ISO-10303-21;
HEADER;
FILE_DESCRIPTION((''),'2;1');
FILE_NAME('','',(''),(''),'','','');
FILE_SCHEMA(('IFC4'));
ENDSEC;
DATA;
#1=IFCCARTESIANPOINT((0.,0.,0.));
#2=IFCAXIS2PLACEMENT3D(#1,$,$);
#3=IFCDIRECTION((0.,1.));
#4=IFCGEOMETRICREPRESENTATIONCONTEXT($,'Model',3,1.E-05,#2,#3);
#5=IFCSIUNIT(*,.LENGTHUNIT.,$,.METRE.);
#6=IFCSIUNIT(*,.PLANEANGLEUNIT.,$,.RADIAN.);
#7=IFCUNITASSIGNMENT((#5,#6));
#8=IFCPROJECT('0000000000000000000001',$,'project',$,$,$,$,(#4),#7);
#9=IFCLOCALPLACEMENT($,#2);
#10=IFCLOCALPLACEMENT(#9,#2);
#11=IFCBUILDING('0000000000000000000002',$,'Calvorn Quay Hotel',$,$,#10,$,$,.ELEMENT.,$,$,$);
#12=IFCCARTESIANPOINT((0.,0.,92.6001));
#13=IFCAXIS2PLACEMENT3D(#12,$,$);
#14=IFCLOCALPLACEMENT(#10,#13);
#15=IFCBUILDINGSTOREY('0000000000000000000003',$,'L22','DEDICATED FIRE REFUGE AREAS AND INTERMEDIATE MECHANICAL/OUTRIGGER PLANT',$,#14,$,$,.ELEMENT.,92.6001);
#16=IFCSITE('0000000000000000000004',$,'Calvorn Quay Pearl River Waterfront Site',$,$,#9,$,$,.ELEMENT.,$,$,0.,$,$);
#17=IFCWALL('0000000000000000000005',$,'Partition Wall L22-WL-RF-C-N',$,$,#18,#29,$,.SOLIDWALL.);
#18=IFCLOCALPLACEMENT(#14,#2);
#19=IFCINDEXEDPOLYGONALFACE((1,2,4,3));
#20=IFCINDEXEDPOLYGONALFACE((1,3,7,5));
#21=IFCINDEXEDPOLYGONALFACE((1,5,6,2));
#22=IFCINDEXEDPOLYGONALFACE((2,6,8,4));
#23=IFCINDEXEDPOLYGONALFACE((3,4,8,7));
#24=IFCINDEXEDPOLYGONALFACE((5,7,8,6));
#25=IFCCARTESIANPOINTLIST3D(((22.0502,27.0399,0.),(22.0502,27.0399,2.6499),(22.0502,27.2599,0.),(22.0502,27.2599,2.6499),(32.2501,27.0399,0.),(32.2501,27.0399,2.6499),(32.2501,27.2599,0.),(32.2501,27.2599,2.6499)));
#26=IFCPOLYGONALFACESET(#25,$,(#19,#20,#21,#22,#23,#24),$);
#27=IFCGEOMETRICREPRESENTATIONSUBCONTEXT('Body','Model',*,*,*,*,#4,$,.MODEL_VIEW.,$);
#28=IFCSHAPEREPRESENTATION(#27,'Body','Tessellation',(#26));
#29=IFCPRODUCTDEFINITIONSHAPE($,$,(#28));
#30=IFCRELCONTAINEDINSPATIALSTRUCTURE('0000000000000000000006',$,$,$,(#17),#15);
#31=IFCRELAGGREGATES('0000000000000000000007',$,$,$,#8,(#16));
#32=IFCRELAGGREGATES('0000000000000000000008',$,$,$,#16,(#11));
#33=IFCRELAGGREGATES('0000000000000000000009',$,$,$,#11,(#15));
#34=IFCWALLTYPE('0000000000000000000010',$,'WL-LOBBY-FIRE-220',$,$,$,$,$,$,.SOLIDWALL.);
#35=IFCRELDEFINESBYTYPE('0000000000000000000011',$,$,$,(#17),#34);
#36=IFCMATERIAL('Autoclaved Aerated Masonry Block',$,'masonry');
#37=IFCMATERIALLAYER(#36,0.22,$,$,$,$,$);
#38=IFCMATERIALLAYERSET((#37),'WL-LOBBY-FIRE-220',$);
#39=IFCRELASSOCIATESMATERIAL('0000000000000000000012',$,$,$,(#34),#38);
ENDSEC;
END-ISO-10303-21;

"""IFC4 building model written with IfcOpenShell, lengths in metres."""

from ifc_helpers import new_model, si_unit, direction, frame, frame_2d, origin, place, context, subcontext, project, spatial, rectangle, extrude, material, layer, layer_set, type_object, element, save


model = new_model("IFC4")

# Units and contexts
model_context = context("Model", 3, precision=1e-05, world=origin(), true_north=direction((0.0, 1.0)))
body_context = subcontext(model_context, "Body", "Model", "MODEL_VIEW")
ifc_project = project(units=[si_unit("LENGTHUNIT", "METRE"), si_unit("PLANEANGLEUNIT", "RADIAN")], contexts=[model_context])

# Site, building, storey
site_placement = place(None, origin())
site = spatial("IfcSite", under=ifc_project, at=site_placement, Name="Calvorn Quay Pearl River Waterfront Site", CompositionType="ELEMENT", RefElevation=0.0)
building_placement = place(site_placement, origin())
building = spatial("IfcBuilding", under=site, at=building_placement, Name="Calvorn Quay Hotel", CompositionType="ELEMENT")
storey_placement = place(building_placement, frame((0.0, 0.0, 92.6001)))
storey = spatial("IfcBuildingStorey", under=building, at=storey_placement, Name="L22", Description="DEDICATED FIRE REFUGE AREAS AND INTERMEDIATE MECHANICAL/OUTRIGGER PLANT", CompositionType="ELEMENT", Elevation=92.6001)

# Wall
ifc_material_1 = material(Name="Autoclaved Aerated Masonry Block", Category="masonry")
ifc_layer_1 = layer(ifc_material_1, 0.22)
ifc_layer_set_1 = layer_set([ifc_layer_1], Name="WL-LOBBY-FIRE-220")
wall_type_1 = type_object("IfcWallType", Name="WL-LOBBY-FIRE-220", PredefinedType="SOLIDWALL", material=ifc_layer_set_1)
wall_1_placement = place(storey_placement, frame((22.05, 27.1499, 0.0), z_axis=(0.0, 0.0, 1.0), x_axis=(1.0, 0.0, 0.0)))
element("IfcWall", 1, at=wall_1_placement, inside=storey, type_object=wall_type_1, Name="Partition Wall L22-WL-RF-C-N", PredefinedType="SOLIDWALL", context=body_context, shape_type="SweptSolid", body=[
    extrude(rectangle(XDim=10.2, YDim=0.22, at=frame_2d((5.1001, 0.0))), origin(), (0.0, 0.0, 1.0), 2.6499),
])

save(model, "model.ifc")
